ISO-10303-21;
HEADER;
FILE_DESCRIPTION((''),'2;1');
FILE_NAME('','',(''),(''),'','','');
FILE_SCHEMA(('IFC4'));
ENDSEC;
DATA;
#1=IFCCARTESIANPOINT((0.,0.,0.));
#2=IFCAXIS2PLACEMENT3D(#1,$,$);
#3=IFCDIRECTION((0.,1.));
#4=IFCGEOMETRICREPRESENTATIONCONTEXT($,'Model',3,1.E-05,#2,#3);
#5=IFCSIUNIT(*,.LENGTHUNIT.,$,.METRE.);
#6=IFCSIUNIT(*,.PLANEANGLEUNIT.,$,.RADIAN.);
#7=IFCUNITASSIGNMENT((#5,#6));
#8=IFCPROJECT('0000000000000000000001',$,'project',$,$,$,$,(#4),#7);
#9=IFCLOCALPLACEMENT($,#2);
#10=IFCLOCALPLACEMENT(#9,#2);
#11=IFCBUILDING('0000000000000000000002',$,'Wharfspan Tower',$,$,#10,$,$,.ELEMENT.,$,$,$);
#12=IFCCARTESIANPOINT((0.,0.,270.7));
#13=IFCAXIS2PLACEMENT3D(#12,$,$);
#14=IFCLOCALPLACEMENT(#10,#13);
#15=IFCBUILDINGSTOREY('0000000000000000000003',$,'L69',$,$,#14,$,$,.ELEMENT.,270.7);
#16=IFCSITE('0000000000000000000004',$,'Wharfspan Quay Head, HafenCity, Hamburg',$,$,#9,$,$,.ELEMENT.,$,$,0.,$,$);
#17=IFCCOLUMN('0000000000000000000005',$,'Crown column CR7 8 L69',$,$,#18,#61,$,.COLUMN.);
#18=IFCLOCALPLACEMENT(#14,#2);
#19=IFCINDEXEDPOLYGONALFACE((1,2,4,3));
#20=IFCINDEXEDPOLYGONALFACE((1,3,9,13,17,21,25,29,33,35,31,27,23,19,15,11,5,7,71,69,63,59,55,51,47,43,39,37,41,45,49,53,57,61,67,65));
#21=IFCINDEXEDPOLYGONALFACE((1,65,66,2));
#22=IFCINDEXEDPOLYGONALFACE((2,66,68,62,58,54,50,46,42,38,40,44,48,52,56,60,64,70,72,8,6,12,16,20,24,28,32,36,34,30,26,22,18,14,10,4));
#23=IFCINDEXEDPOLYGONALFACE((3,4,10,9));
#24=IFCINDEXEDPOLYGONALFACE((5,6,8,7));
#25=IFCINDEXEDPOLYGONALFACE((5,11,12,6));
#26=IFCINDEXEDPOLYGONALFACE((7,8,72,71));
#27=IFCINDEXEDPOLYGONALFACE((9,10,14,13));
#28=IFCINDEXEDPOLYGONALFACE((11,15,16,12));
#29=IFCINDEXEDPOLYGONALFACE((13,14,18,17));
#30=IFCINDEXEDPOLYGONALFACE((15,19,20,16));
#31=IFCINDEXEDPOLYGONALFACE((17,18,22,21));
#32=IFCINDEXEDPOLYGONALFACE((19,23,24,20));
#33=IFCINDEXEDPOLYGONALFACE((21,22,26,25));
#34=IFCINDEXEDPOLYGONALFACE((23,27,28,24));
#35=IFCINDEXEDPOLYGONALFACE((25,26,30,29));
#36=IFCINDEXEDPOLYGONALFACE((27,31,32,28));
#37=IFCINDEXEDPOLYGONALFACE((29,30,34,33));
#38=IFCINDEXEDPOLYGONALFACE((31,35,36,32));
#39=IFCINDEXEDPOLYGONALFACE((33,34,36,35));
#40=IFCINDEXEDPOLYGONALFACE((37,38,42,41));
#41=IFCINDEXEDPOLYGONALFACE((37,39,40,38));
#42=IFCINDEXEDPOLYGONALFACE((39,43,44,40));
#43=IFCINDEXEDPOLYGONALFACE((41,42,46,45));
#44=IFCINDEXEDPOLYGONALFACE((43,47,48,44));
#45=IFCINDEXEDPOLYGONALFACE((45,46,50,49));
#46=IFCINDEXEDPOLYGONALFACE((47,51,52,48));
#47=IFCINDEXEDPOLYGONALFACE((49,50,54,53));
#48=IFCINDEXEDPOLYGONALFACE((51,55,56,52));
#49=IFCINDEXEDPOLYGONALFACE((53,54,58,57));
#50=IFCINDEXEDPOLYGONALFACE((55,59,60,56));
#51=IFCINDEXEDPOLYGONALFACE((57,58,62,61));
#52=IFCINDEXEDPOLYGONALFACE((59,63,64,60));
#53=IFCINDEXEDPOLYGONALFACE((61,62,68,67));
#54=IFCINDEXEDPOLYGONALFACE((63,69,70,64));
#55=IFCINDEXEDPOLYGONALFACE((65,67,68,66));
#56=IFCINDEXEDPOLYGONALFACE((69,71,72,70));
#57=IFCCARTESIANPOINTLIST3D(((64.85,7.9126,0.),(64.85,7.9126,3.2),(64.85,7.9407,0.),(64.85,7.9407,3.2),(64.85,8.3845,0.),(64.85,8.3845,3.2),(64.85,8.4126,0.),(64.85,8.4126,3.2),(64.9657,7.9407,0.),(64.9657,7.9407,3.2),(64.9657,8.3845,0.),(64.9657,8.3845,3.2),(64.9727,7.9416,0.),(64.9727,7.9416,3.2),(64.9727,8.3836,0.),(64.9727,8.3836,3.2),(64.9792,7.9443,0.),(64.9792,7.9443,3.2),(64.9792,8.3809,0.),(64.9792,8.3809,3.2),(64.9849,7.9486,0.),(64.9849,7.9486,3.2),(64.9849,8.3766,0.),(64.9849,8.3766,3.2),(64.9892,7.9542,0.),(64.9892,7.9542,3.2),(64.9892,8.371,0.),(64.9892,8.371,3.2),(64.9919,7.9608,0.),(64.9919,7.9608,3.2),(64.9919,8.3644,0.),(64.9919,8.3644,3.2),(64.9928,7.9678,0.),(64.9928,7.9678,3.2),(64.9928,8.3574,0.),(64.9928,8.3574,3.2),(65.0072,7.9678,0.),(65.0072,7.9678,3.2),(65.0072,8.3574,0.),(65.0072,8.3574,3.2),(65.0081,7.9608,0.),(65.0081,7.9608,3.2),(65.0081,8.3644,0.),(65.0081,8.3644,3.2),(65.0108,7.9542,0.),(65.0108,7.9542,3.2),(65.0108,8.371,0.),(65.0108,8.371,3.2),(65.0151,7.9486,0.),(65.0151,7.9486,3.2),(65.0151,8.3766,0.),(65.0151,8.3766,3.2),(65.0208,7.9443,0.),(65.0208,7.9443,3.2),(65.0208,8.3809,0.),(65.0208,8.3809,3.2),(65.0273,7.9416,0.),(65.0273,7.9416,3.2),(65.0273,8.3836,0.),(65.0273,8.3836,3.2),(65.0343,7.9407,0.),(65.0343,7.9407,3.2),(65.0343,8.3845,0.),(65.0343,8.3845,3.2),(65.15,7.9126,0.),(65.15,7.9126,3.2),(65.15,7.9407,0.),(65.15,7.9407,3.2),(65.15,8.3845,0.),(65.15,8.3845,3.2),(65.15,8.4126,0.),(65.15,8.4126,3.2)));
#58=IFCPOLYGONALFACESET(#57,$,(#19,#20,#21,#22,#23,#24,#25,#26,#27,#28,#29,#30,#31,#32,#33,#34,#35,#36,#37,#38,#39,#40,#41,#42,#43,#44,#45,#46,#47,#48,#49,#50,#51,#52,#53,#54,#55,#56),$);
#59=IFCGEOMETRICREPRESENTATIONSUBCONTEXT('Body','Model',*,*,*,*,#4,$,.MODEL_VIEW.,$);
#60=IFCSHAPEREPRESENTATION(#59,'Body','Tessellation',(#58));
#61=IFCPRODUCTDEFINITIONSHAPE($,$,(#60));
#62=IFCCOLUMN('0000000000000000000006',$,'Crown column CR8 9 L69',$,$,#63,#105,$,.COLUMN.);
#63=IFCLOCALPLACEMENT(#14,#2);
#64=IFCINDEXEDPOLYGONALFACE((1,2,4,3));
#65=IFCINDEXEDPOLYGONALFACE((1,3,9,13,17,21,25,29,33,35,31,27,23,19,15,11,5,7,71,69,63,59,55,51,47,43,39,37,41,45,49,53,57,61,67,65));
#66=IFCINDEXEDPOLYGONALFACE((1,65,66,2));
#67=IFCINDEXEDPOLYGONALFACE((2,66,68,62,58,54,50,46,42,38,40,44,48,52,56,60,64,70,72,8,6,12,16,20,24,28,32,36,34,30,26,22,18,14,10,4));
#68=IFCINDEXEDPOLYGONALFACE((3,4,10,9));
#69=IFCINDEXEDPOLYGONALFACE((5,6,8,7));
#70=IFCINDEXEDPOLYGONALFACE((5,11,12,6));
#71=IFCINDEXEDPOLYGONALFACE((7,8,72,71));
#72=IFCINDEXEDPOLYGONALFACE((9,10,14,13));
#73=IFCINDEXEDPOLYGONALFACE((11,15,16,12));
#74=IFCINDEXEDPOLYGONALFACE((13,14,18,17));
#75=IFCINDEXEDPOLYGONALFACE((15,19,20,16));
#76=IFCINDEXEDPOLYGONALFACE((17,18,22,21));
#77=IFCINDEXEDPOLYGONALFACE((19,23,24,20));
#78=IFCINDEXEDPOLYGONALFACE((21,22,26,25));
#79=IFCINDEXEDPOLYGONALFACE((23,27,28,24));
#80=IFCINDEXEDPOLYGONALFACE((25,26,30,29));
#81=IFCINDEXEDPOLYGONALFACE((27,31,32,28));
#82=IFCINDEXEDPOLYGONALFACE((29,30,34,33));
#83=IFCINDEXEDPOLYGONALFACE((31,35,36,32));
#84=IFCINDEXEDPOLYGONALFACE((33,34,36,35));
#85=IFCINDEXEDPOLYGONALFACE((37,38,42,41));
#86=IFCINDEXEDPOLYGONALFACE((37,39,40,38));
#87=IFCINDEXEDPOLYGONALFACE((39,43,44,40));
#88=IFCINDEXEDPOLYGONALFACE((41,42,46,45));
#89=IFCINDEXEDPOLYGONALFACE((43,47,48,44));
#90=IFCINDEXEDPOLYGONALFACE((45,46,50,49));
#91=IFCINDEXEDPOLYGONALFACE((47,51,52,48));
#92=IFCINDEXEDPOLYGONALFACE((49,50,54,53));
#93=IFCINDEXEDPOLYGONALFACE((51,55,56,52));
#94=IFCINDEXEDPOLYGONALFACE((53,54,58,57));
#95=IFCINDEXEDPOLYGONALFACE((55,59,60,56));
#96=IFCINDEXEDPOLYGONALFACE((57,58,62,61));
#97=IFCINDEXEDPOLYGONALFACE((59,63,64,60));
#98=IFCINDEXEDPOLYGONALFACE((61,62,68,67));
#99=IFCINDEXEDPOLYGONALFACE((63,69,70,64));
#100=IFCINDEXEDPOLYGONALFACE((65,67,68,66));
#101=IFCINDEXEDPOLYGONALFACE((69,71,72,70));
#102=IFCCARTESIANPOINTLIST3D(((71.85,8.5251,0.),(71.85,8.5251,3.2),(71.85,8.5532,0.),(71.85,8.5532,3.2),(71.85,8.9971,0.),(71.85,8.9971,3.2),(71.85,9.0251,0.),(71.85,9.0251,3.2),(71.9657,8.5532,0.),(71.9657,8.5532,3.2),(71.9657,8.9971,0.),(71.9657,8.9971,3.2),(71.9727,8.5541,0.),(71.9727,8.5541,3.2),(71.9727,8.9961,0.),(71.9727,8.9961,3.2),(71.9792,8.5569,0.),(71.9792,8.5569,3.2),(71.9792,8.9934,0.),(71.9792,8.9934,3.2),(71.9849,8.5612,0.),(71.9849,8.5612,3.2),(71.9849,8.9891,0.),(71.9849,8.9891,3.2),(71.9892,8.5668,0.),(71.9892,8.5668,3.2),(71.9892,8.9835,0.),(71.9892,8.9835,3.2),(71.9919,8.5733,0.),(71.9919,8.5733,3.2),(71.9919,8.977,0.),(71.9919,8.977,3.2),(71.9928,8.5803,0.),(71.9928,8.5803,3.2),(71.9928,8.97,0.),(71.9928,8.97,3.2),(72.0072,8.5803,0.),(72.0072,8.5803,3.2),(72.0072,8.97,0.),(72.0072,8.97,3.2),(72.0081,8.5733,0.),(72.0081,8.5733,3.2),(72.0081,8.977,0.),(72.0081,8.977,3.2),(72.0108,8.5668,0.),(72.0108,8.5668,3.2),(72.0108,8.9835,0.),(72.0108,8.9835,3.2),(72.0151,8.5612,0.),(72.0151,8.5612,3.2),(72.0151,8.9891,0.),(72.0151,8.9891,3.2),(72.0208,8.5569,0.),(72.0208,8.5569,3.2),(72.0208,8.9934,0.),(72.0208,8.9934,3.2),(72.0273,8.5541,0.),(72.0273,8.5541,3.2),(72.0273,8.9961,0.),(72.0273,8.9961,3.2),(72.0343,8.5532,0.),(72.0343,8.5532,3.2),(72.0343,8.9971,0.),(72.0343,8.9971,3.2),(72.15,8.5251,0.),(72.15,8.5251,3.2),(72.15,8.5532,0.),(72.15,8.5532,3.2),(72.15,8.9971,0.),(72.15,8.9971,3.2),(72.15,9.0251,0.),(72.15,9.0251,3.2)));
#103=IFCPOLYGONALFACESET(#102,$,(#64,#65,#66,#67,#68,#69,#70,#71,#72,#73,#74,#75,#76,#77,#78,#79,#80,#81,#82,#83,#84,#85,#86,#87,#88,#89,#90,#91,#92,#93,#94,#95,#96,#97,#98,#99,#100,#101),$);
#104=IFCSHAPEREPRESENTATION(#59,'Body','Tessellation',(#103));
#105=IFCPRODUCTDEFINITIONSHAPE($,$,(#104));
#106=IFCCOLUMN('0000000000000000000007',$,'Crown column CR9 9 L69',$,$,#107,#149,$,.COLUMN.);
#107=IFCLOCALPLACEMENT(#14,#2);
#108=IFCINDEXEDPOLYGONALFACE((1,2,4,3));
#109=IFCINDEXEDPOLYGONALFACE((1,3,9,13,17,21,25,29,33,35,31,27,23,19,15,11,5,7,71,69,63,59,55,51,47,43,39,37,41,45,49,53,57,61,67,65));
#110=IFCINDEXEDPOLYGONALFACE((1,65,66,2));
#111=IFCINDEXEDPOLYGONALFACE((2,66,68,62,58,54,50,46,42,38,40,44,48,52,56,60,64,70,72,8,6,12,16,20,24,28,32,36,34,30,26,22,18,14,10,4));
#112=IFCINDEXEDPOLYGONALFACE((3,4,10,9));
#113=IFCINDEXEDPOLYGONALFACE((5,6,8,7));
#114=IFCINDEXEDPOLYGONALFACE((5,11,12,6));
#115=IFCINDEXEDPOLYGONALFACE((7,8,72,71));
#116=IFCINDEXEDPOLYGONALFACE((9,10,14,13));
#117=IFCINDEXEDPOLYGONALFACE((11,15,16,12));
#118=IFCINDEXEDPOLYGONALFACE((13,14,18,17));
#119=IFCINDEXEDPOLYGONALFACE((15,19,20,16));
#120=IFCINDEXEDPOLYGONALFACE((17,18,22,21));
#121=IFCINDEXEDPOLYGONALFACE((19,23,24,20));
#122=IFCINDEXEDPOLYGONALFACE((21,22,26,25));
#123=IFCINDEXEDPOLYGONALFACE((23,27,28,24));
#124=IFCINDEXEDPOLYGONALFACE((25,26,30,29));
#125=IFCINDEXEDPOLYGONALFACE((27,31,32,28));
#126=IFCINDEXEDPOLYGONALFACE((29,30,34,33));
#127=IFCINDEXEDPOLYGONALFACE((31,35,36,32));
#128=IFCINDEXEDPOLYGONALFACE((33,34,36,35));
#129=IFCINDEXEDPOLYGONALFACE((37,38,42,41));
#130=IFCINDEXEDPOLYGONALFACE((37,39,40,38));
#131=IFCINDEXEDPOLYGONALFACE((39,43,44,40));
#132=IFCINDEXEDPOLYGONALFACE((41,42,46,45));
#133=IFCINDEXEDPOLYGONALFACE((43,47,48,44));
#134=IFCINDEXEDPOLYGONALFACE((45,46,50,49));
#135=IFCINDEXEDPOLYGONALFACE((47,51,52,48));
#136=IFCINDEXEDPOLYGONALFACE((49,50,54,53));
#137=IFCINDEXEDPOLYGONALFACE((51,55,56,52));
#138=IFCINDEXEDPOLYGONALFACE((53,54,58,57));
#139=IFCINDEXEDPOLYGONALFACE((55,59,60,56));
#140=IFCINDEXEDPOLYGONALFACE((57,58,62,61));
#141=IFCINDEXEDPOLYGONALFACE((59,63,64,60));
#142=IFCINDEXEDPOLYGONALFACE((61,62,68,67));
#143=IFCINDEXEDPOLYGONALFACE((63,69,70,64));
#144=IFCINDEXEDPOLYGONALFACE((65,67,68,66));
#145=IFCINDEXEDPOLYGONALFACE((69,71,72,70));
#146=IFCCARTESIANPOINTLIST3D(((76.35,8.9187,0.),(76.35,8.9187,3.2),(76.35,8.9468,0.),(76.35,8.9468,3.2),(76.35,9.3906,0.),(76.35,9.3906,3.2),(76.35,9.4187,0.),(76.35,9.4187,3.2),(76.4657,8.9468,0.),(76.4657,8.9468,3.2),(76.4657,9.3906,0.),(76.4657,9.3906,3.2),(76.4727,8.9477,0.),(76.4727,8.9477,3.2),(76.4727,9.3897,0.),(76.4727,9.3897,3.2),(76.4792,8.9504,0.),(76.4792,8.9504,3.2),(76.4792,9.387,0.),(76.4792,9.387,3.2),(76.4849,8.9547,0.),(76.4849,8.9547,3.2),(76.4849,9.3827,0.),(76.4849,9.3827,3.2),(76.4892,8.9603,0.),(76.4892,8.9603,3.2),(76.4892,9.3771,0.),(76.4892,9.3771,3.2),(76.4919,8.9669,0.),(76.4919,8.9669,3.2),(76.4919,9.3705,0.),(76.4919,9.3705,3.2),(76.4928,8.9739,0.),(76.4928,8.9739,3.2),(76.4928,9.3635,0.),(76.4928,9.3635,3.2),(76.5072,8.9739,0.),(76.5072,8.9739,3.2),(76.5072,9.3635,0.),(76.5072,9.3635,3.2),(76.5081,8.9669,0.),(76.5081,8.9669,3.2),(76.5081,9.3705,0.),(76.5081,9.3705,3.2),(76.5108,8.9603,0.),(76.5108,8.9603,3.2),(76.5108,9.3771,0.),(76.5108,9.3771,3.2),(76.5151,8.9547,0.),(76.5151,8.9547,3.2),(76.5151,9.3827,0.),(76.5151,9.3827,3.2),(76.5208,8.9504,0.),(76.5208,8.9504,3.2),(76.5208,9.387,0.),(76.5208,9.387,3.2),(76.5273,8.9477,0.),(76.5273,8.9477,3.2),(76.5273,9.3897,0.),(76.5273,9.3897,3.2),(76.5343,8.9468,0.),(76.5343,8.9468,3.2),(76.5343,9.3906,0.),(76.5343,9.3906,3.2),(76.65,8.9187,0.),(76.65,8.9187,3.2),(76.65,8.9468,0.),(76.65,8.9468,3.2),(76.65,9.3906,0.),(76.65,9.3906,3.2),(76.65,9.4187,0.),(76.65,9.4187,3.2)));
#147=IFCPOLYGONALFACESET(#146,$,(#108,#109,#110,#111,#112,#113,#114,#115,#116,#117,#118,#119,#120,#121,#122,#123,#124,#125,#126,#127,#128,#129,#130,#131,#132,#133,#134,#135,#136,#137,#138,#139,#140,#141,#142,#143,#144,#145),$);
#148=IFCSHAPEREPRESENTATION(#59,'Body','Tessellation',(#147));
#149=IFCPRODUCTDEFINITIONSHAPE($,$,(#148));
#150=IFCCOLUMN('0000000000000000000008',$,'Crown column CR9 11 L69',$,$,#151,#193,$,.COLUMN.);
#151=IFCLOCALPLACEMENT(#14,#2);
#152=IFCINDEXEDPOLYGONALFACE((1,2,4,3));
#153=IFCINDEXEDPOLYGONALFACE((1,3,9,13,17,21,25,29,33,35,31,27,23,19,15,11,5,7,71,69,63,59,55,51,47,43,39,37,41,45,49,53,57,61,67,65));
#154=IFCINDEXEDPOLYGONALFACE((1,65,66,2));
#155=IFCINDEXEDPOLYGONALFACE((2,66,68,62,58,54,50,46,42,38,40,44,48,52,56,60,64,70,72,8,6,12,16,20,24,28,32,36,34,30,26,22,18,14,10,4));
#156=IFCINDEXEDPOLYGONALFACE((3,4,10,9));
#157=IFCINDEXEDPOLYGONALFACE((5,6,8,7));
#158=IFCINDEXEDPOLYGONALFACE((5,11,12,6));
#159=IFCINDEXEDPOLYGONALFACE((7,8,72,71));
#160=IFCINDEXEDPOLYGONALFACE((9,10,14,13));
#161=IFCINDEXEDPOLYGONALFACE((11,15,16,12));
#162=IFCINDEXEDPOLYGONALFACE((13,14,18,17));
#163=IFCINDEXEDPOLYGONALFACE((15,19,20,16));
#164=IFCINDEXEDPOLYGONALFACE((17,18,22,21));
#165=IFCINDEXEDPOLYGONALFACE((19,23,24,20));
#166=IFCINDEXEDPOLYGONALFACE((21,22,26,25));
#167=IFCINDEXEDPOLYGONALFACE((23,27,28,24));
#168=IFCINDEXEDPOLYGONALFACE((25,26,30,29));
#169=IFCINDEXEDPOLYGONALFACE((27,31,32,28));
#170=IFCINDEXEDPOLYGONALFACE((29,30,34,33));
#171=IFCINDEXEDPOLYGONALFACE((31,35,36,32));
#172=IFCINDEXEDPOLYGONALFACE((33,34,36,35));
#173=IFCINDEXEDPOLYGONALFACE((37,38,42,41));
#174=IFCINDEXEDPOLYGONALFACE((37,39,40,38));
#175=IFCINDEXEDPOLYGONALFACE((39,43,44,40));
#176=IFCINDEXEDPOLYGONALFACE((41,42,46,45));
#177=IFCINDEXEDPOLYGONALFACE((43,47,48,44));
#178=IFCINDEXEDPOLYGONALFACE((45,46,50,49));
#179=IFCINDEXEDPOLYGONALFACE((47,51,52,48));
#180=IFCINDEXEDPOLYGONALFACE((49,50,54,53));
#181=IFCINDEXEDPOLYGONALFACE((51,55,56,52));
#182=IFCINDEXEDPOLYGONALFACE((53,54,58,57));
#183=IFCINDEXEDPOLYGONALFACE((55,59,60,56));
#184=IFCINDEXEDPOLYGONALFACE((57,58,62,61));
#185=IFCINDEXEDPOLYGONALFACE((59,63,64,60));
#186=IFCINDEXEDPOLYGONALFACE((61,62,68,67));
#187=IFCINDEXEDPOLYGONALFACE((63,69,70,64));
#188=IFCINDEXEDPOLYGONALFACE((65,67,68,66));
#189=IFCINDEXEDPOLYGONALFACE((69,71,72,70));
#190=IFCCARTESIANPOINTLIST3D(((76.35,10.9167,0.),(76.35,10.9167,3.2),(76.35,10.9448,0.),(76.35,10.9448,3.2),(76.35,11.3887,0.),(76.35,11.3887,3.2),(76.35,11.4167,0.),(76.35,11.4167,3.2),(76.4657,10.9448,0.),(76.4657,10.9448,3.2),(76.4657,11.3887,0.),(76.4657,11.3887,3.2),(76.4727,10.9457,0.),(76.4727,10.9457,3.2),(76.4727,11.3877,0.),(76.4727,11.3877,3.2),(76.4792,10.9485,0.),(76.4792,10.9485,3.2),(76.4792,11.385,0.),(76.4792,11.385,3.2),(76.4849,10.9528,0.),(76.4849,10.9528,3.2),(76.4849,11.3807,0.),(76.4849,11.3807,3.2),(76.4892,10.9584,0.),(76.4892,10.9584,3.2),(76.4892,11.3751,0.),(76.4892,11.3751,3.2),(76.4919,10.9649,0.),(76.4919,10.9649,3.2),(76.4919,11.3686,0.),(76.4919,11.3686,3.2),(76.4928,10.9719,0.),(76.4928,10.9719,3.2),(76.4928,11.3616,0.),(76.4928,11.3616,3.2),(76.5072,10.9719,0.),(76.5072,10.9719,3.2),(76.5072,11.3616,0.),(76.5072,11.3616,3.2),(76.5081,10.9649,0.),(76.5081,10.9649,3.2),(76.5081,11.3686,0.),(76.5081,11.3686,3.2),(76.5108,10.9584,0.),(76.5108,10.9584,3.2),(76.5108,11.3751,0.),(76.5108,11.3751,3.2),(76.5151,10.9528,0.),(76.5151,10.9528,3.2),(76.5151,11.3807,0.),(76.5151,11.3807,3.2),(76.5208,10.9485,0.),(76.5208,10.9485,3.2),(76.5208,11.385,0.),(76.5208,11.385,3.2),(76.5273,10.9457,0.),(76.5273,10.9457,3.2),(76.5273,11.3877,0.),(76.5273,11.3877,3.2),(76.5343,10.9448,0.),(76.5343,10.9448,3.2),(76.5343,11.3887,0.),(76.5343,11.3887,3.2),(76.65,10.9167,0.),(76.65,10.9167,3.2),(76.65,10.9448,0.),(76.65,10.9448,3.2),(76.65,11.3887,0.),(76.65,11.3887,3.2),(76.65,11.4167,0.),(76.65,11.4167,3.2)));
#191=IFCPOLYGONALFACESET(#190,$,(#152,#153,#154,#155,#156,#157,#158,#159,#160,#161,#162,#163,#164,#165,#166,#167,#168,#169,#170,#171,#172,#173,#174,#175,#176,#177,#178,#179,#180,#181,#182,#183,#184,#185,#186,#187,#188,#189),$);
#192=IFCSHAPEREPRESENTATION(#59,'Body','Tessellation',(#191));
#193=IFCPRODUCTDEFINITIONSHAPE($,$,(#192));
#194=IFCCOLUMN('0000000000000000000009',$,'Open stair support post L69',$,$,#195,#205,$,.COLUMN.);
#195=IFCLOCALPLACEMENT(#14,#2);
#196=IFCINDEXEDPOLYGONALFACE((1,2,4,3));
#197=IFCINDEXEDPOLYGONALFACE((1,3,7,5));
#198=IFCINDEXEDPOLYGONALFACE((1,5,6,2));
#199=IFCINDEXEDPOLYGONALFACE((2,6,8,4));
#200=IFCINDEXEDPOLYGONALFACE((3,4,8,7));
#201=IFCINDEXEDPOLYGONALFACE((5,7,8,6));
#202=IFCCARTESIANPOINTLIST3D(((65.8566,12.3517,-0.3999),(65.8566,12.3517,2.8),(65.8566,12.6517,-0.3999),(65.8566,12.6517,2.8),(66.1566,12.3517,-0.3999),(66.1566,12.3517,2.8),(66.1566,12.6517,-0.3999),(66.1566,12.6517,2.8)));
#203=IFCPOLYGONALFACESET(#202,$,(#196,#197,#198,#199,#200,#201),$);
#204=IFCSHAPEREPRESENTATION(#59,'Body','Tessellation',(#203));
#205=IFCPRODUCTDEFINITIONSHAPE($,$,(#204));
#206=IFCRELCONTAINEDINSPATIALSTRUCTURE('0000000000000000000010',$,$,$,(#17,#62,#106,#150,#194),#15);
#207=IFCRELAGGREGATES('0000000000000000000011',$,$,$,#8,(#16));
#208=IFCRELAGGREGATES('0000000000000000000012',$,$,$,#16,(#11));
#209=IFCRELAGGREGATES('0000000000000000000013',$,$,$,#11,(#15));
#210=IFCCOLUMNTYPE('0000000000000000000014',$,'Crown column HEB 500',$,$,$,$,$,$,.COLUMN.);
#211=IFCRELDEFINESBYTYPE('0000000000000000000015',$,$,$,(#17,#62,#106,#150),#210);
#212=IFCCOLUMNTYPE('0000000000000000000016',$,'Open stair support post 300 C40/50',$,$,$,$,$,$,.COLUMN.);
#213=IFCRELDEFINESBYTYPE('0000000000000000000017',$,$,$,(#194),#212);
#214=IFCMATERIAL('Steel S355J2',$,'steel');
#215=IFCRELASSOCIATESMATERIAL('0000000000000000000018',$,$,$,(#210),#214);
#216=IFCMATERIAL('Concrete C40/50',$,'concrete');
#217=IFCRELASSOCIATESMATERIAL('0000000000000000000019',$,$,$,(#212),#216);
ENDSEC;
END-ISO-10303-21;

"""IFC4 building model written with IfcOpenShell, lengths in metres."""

from ifc_helpers import new_model, si_unit, direction, frame, origin, origin_2d, place, context, subcontext, project, spatial, rectangle, i_section, extrude, material, material_profile, profile_set, type_object, element, save


model = new_model("IFC4")

# Units and contexts
model_context = context("Model", 3, precision=1e-05, world=origin(), true_north=direction((0.0, 1.0)))
body_context = subcontext(model_context, "Body", "Model", "MODEL_VIEW")
ifc_project = project(units=[si_unit("LENGTHUNIT", "METRE"), si_unit("PLANEANGLEUNIT", "RADIAN")], contexts=[model_context])

# Site, building, storey
site_placement = place(None, origin())
site = spatial("IfcSite", under=ifc_project, at=site_placement, Name="Wharfspan Quay Head, HafenCity, Hamburg", CompositionType="ELEMENT", RefElevation=0.0)
building_placement = place(site_placement, origin())
building = spatial("IfcBuilding", under=site, at=building_placement, Name="Wharfspan Tower", CompositionType="ELEMENT")
storey_placement = place(building_placement, frame((0.0, 0.0, 270.7)))
storey = spatial("IfcBuildingStorey", under=building, at=storey_placement, Name="L69", CompositionType="ELEMENT", Elevation=270.7)

# Columns
ifc_material_1 = material(Name="Steel S355J2", Category="steel")
ifc_material_profile_1 = material_profile(ifc_material_1, i_section(OverallWidth=0.3, OverallDepth=0.5, WebThickness=0.0144, FlangeThickness=0.0281, FilletRadius=0.0271, at=origin_2d()))
ifc_profile_set_1 = profile_set([ifc_material_profile_1], Name="Steel S355J2")
column_type_1 = type_object("IfcColumnType", Name="Crown column HEB 500", PredefinedType="COLUMN", material=ifc_profile_set_1)
for number, where, z_axis, x_axis, name in (
    (1, (65.0, 8.1626, 0.0), (0.0, 0.0, 1.0), (1.0, 0.0, 0.0), "Crown column CR7 8 L69"),
    (2, (72.0, 8.7751, 0.0), (0.0, 0.0, 1.0), (1.0, 0.0, 0.0), "Crown column CR8 9 L69"),
    (3, (76.5, 9.1687, 0.0), (0.0, 0.0, 1.0), (1.0, 0.0, 0.0), "Crown column CR9 9 L69"),
    (4, (76.5, 11.1667, 0.0), (0.0, 0.0, 1.0), (1.0, 0.0, 0.0), "Crown column CR9 11 L69"),
):
    element("IfcColumn", number, at=place(storey_placement, frame(where, z_axis=z_axis, x_axis=x_axis)), inside=storey, type_object=column_type_1, Name=name, PredefinedType="COLUMN", context=body_context, shape_type="SweptSolid", body=[
        extrude(i_section(OverallWidth=0.3, OverallDepth=0.5, WebThickness=0.0144, FlangeThickness=0.0281, FilletRadius=0.0271, at=origin_2d()), origin(), (0.0, 0.0, 1.0), 3.2),
    ])
ifc_material_2 = material(Name="Concrete C40/50", Category="concrete")
ifc_material_profile_2 = material_profile(ifc_material_2, rectangle(XDim=0.3, YDim=0.3, at=origin_2d()))
ifc_profile_set_2 = profile_set([ifc_material_profile_2], Name="Concrete C40/50")
column_type_2 = type_object("IfcColumnType", Name="Open stair support post 300 C40/50", PredefinedType="COLUMN", material=ifc_profile_set_2)
for number, where, z_axis, x_axis, name in (
    (5, (66.0066, 12.5017, -0.3999), (0.0, 0.0, 1.0), (1.0, 0.0, 0.0), "Open stair support post L69"),
):
    element("IfcColumn", number, at=place(storey_placement, frame(where, z_axis=z_axis, x_axis=x_axis)), inside=storey, type_object=column_type_2, Name=name, PredefinedType="COLUMN", context=body_context, shape_type="SweptSolid", body=[
        extrude(rectangle(XDim=0.3, YDim=0.3, at=origin_2d()), origin(), (0.0, 0.0, 1.0), 3.2),
    ])

save(model, "model.ifc")
